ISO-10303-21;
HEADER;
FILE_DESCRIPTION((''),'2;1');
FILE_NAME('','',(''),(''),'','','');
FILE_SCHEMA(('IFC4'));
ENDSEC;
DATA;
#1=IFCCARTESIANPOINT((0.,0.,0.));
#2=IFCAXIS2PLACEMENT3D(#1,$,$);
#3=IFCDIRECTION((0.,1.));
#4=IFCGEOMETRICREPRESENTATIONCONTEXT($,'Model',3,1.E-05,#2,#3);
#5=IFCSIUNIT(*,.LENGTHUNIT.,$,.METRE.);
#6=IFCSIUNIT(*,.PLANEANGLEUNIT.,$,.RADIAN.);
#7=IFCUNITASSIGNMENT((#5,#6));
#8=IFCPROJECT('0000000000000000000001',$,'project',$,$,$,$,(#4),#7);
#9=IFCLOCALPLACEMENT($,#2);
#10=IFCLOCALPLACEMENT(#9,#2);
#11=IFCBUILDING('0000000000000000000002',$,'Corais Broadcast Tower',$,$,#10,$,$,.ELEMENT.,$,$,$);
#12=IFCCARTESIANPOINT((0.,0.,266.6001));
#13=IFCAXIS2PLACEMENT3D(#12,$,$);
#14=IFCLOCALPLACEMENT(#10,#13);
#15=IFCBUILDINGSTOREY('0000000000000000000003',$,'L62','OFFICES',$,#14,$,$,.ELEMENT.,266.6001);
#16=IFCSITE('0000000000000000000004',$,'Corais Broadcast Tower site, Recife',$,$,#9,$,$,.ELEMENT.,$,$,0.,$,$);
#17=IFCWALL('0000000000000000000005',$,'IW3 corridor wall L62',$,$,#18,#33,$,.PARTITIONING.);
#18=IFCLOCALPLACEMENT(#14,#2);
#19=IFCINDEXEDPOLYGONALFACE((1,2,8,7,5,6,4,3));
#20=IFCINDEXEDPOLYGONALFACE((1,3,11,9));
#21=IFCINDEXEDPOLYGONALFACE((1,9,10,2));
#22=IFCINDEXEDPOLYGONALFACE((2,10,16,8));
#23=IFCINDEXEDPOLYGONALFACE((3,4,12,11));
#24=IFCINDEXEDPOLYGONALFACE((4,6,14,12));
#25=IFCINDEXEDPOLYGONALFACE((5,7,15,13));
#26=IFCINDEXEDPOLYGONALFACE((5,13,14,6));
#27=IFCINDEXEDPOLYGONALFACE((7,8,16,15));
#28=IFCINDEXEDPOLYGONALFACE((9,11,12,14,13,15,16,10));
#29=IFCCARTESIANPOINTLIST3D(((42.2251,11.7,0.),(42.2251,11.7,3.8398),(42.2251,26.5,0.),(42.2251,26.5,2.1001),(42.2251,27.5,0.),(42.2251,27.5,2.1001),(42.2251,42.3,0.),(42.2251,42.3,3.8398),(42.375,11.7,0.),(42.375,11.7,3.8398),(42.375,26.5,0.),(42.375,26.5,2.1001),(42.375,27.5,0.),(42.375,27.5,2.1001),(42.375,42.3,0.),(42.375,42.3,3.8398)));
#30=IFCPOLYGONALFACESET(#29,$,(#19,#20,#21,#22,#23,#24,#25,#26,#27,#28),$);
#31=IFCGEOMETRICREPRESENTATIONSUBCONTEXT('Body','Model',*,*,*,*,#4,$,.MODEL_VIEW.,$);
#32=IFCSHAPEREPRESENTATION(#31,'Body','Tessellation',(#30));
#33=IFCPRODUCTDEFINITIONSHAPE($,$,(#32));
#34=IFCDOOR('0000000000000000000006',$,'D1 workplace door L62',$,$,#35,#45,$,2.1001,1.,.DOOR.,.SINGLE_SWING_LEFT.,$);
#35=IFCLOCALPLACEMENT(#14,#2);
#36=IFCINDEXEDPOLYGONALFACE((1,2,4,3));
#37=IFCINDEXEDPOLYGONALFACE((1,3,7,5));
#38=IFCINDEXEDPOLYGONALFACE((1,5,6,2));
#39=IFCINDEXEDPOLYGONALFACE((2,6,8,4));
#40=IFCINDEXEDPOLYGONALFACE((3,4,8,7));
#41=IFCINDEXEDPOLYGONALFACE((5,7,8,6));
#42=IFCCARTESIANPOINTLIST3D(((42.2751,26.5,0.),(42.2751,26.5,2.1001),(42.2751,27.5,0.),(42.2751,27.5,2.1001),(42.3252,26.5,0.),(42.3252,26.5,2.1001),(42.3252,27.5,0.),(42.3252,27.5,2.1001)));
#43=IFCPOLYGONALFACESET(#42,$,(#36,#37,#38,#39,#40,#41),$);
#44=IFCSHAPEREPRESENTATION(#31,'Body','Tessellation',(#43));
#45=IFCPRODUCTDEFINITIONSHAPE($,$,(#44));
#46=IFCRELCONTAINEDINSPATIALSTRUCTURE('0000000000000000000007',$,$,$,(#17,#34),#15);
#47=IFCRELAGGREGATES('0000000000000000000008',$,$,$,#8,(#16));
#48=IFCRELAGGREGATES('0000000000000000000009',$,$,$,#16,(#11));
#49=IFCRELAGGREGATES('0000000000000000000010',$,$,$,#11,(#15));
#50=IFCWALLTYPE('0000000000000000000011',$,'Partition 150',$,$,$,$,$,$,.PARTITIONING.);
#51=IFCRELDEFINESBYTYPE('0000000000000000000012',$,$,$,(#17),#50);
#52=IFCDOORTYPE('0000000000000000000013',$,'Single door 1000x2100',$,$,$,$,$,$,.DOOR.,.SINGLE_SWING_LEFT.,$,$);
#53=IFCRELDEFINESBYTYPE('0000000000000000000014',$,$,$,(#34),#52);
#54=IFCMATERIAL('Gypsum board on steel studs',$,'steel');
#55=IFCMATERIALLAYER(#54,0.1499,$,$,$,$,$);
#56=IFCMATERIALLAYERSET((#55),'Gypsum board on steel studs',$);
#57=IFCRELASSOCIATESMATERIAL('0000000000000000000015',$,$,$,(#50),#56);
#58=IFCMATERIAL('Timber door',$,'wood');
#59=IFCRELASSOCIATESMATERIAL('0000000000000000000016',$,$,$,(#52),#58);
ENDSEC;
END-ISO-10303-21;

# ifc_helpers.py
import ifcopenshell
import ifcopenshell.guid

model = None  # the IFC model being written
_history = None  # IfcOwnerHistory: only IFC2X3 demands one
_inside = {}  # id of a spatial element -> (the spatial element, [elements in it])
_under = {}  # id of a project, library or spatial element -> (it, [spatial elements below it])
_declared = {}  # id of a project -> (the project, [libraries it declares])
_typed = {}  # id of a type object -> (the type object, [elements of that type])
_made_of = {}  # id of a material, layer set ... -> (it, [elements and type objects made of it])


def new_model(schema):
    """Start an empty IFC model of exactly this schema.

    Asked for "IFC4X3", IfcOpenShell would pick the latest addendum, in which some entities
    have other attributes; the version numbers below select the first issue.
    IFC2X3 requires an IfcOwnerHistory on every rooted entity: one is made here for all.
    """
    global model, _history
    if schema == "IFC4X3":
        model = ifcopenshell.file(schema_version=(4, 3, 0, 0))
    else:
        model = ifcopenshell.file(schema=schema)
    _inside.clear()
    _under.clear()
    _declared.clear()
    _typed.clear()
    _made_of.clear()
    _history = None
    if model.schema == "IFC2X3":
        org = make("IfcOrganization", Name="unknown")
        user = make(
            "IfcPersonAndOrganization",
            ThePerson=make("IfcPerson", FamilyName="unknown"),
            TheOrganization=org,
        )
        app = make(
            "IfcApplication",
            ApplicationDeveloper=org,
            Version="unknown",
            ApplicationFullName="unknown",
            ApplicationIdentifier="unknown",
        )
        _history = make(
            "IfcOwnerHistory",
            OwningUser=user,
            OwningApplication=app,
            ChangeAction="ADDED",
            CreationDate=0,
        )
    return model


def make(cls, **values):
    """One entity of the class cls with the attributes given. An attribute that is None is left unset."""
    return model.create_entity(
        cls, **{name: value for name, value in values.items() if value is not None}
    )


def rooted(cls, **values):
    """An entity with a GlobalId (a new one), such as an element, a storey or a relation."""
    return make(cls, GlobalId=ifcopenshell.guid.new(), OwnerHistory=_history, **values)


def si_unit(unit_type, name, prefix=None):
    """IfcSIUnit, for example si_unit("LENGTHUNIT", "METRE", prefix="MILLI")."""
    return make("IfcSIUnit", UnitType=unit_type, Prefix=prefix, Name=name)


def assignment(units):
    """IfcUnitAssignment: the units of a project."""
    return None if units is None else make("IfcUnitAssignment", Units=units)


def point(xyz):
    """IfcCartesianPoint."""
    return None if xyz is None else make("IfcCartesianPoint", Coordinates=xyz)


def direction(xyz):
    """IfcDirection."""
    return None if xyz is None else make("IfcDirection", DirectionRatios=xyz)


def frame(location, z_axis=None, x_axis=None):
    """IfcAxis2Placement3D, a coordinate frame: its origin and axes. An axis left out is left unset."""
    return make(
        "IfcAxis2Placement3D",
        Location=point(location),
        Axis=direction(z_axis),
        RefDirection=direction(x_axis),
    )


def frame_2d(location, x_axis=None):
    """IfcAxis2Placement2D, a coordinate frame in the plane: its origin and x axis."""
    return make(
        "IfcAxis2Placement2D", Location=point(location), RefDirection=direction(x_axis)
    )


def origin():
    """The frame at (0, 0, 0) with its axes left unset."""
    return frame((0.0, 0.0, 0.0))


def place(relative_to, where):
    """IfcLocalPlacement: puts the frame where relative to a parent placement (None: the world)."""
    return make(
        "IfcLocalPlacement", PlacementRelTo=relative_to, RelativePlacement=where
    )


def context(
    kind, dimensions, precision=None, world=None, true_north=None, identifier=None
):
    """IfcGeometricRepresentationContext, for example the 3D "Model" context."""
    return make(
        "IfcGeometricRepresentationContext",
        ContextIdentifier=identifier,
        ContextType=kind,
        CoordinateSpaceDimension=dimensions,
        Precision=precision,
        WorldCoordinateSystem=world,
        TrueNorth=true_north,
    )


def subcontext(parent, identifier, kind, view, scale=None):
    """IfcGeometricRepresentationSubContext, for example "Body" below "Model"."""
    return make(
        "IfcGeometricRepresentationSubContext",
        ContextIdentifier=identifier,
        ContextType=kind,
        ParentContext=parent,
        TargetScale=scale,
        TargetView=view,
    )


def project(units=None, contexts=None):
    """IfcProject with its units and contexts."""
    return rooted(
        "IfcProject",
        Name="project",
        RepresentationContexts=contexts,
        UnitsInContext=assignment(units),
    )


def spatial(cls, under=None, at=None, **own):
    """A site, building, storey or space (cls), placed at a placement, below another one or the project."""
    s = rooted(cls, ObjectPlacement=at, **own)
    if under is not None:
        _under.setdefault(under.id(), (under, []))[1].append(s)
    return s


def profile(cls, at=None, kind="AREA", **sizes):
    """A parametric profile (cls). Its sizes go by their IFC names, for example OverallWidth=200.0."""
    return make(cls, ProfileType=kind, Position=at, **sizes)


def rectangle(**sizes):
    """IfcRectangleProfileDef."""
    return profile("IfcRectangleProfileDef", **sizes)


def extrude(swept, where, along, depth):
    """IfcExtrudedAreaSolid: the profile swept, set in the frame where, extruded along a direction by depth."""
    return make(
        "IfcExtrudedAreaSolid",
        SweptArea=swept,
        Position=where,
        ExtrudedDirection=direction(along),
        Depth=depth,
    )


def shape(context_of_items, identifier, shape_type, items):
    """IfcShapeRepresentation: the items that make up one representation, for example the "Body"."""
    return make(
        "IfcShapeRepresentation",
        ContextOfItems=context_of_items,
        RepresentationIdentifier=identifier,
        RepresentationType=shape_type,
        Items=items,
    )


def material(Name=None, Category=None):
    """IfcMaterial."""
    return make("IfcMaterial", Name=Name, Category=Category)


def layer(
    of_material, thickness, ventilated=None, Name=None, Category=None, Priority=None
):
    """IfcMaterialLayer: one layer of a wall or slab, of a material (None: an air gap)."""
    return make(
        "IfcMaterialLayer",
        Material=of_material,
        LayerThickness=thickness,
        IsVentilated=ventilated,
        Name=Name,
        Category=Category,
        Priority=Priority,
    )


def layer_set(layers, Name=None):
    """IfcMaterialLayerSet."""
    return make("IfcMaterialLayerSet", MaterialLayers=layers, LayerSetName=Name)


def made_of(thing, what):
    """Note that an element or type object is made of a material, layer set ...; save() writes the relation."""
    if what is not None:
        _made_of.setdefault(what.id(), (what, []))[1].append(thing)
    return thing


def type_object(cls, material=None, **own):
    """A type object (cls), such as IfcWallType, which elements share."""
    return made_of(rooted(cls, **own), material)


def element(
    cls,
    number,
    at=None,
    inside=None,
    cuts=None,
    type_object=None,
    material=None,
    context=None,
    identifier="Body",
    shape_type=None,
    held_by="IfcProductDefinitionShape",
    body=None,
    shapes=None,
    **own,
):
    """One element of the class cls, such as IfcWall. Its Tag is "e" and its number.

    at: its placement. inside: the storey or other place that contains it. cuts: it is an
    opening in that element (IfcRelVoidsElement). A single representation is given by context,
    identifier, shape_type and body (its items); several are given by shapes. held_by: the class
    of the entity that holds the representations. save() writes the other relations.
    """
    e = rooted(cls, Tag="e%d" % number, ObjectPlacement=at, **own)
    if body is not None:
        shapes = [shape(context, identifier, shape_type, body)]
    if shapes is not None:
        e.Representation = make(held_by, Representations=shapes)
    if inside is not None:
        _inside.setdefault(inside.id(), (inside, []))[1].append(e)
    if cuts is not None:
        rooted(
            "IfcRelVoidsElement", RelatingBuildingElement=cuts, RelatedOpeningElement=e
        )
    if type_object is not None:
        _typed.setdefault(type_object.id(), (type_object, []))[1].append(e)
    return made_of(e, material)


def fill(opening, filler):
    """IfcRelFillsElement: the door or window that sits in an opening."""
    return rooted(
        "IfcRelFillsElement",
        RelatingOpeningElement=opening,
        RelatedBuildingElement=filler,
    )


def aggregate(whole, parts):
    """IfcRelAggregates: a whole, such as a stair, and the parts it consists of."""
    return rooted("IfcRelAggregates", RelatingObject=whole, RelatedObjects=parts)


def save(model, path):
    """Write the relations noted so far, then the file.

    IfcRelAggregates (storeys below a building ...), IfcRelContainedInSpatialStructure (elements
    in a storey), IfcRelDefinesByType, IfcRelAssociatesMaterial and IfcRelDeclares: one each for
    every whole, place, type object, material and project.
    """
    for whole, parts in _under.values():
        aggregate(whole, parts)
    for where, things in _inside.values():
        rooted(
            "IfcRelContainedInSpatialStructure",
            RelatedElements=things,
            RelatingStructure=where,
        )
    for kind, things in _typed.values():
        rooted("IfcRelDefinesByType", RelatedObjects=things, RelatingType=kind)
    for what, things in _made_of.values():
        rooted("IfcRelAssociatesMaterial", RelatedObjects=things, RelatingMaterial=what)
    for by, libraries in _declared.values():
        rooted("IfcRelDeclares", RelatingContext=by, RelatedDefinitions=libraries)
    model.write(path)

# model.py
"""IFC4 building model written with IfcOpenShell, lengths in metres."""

from ifc_helpers import new_model, si_unit, direction, frame, frame_2d, origin, place, context, subcontext, project, spatial, rectangle, extrude, material, layer, layer_set, type_object, element, fill, save


model = new_model("IFC4")

# Units and contexts
model_context = context("Model", 3, precision=1e-05, world=origin(), true_north=direction((0.0, 1.0)))
body_context = subcontext(model_context, "Body", "Model", "MODEL_VIEW")
ifc_project = project(units=[si_unit("LENGTHUNIT", "METRE"), si_unit("PLANEANGLEUNIT", "RADIAN")], contexts=[model_context])

# Site, building, storey
site_placement = place(None, origin())
site = spatial("IfcSite", under=ifc_project, at=site_placement, Name="Corais Broadcast Tower site, Recife", CompositionType="ELEMENT", RefElevation=0.0)
building_placement = place(site_placement, origin())
building = spatial("IfcBuilding", under=site, at=building_placement, Name="Corais Broadcast Tower", CompositionType="ELEMENT")
storey_placement = place(building_placement, frame((0.0, 0.0, 266.6001)))
storey = spatial("IfcBuildingStorey", under=building, at=storey_placement, Name="L62", Description="OFFICES", CompositionType="ELEMENT", Elevation=266.6001)

# Wall, opening, door
ifc_material_1 = material(Name="Gypsum board on steel studs", Category="steel")
ifc_layer_1 = layer(ifc_material_1, 0.1499)
ifc_layer_set_1 = layer_set([ifc_layer_1], Name="Gypsum board on steel studs")
wall_type = type_object("IfcWallType", Name="Partition 150", PredefinedType="PARTITIONING", material=ifc_layer_set_1)
wall_placement = place(storey_placement, frame((42.3, 11.7, 0.0), z_axis=(0.0, 0.0, 1.0), x_axis=(0.0, 1.0, 0.0)))
wall = element("IfcWall", 1, at=wall_placement, inside=storey, type_object=wall_type, Name="IW3 corridor wall L62", PredefinedType="PARTITIONING", context=body_context, shape_type="SweptSolid", body=[
    extrude(rectangle(XDim=30.6001, YDim=0.1499, at=frame_2d((15.3, 0.0))), origin(), (0.0, 0.0, 1.0), 3.8398),
])
opening_placement = place(wall_placement, frame((14.8, 0.0, 0.0)))
opening = element("IfcOpeningElement", 2, at=opening_placement, cuts=wall, PredefinedType="OPENING", context=body_context, shape_type="SweptSolid", body=[
    extrude(rectangle(XDim=1.0, YDim=2.1001, at=frame_2d((0.5, 1.05))), frame((0.0, 0.085, 0.0), z_axis=(0.0, -1.0, 0.0), x_axis=(1.0, 0.0, 0.0)), (0.0, 0.0, 1.0), 0.1699),
])
ifc_material_2 = material(Name="Timber door", Category="wood")
door_type = type_object("IfcDoorType", Name="Single door 1000x2100", OperationType="SINGLE_SWING_LEFT", PredefinedType="DOOR", material=ifc_material_2)
door_placement = place(opening_placement, origin())
door = element("IfcDoor", 3, at=door_placement, inside=storey, type_object=door_type, Name="D1 workplace door L62", OperationType="SINGLE_SWING_LEFT", OverallHeight=2.1001, OverallWidth=1.0, PredefinedType="DOOR", context=body_context, shape_type="SweptSolid", body=[
    extrude(rectangle(XDim=1.0, YDim=2.1001, at=frame_2d((0.5, 1.05))), frame((0.0, 0.0249, 0.0), z_axis=(0.0, -1.0, 0.0), x_axis=(1.0, 0.0, 0.0)), (0.0, 0.0, 1.0), 0.05),
])
fill(opening, door)

save(model, "model.ifc")
